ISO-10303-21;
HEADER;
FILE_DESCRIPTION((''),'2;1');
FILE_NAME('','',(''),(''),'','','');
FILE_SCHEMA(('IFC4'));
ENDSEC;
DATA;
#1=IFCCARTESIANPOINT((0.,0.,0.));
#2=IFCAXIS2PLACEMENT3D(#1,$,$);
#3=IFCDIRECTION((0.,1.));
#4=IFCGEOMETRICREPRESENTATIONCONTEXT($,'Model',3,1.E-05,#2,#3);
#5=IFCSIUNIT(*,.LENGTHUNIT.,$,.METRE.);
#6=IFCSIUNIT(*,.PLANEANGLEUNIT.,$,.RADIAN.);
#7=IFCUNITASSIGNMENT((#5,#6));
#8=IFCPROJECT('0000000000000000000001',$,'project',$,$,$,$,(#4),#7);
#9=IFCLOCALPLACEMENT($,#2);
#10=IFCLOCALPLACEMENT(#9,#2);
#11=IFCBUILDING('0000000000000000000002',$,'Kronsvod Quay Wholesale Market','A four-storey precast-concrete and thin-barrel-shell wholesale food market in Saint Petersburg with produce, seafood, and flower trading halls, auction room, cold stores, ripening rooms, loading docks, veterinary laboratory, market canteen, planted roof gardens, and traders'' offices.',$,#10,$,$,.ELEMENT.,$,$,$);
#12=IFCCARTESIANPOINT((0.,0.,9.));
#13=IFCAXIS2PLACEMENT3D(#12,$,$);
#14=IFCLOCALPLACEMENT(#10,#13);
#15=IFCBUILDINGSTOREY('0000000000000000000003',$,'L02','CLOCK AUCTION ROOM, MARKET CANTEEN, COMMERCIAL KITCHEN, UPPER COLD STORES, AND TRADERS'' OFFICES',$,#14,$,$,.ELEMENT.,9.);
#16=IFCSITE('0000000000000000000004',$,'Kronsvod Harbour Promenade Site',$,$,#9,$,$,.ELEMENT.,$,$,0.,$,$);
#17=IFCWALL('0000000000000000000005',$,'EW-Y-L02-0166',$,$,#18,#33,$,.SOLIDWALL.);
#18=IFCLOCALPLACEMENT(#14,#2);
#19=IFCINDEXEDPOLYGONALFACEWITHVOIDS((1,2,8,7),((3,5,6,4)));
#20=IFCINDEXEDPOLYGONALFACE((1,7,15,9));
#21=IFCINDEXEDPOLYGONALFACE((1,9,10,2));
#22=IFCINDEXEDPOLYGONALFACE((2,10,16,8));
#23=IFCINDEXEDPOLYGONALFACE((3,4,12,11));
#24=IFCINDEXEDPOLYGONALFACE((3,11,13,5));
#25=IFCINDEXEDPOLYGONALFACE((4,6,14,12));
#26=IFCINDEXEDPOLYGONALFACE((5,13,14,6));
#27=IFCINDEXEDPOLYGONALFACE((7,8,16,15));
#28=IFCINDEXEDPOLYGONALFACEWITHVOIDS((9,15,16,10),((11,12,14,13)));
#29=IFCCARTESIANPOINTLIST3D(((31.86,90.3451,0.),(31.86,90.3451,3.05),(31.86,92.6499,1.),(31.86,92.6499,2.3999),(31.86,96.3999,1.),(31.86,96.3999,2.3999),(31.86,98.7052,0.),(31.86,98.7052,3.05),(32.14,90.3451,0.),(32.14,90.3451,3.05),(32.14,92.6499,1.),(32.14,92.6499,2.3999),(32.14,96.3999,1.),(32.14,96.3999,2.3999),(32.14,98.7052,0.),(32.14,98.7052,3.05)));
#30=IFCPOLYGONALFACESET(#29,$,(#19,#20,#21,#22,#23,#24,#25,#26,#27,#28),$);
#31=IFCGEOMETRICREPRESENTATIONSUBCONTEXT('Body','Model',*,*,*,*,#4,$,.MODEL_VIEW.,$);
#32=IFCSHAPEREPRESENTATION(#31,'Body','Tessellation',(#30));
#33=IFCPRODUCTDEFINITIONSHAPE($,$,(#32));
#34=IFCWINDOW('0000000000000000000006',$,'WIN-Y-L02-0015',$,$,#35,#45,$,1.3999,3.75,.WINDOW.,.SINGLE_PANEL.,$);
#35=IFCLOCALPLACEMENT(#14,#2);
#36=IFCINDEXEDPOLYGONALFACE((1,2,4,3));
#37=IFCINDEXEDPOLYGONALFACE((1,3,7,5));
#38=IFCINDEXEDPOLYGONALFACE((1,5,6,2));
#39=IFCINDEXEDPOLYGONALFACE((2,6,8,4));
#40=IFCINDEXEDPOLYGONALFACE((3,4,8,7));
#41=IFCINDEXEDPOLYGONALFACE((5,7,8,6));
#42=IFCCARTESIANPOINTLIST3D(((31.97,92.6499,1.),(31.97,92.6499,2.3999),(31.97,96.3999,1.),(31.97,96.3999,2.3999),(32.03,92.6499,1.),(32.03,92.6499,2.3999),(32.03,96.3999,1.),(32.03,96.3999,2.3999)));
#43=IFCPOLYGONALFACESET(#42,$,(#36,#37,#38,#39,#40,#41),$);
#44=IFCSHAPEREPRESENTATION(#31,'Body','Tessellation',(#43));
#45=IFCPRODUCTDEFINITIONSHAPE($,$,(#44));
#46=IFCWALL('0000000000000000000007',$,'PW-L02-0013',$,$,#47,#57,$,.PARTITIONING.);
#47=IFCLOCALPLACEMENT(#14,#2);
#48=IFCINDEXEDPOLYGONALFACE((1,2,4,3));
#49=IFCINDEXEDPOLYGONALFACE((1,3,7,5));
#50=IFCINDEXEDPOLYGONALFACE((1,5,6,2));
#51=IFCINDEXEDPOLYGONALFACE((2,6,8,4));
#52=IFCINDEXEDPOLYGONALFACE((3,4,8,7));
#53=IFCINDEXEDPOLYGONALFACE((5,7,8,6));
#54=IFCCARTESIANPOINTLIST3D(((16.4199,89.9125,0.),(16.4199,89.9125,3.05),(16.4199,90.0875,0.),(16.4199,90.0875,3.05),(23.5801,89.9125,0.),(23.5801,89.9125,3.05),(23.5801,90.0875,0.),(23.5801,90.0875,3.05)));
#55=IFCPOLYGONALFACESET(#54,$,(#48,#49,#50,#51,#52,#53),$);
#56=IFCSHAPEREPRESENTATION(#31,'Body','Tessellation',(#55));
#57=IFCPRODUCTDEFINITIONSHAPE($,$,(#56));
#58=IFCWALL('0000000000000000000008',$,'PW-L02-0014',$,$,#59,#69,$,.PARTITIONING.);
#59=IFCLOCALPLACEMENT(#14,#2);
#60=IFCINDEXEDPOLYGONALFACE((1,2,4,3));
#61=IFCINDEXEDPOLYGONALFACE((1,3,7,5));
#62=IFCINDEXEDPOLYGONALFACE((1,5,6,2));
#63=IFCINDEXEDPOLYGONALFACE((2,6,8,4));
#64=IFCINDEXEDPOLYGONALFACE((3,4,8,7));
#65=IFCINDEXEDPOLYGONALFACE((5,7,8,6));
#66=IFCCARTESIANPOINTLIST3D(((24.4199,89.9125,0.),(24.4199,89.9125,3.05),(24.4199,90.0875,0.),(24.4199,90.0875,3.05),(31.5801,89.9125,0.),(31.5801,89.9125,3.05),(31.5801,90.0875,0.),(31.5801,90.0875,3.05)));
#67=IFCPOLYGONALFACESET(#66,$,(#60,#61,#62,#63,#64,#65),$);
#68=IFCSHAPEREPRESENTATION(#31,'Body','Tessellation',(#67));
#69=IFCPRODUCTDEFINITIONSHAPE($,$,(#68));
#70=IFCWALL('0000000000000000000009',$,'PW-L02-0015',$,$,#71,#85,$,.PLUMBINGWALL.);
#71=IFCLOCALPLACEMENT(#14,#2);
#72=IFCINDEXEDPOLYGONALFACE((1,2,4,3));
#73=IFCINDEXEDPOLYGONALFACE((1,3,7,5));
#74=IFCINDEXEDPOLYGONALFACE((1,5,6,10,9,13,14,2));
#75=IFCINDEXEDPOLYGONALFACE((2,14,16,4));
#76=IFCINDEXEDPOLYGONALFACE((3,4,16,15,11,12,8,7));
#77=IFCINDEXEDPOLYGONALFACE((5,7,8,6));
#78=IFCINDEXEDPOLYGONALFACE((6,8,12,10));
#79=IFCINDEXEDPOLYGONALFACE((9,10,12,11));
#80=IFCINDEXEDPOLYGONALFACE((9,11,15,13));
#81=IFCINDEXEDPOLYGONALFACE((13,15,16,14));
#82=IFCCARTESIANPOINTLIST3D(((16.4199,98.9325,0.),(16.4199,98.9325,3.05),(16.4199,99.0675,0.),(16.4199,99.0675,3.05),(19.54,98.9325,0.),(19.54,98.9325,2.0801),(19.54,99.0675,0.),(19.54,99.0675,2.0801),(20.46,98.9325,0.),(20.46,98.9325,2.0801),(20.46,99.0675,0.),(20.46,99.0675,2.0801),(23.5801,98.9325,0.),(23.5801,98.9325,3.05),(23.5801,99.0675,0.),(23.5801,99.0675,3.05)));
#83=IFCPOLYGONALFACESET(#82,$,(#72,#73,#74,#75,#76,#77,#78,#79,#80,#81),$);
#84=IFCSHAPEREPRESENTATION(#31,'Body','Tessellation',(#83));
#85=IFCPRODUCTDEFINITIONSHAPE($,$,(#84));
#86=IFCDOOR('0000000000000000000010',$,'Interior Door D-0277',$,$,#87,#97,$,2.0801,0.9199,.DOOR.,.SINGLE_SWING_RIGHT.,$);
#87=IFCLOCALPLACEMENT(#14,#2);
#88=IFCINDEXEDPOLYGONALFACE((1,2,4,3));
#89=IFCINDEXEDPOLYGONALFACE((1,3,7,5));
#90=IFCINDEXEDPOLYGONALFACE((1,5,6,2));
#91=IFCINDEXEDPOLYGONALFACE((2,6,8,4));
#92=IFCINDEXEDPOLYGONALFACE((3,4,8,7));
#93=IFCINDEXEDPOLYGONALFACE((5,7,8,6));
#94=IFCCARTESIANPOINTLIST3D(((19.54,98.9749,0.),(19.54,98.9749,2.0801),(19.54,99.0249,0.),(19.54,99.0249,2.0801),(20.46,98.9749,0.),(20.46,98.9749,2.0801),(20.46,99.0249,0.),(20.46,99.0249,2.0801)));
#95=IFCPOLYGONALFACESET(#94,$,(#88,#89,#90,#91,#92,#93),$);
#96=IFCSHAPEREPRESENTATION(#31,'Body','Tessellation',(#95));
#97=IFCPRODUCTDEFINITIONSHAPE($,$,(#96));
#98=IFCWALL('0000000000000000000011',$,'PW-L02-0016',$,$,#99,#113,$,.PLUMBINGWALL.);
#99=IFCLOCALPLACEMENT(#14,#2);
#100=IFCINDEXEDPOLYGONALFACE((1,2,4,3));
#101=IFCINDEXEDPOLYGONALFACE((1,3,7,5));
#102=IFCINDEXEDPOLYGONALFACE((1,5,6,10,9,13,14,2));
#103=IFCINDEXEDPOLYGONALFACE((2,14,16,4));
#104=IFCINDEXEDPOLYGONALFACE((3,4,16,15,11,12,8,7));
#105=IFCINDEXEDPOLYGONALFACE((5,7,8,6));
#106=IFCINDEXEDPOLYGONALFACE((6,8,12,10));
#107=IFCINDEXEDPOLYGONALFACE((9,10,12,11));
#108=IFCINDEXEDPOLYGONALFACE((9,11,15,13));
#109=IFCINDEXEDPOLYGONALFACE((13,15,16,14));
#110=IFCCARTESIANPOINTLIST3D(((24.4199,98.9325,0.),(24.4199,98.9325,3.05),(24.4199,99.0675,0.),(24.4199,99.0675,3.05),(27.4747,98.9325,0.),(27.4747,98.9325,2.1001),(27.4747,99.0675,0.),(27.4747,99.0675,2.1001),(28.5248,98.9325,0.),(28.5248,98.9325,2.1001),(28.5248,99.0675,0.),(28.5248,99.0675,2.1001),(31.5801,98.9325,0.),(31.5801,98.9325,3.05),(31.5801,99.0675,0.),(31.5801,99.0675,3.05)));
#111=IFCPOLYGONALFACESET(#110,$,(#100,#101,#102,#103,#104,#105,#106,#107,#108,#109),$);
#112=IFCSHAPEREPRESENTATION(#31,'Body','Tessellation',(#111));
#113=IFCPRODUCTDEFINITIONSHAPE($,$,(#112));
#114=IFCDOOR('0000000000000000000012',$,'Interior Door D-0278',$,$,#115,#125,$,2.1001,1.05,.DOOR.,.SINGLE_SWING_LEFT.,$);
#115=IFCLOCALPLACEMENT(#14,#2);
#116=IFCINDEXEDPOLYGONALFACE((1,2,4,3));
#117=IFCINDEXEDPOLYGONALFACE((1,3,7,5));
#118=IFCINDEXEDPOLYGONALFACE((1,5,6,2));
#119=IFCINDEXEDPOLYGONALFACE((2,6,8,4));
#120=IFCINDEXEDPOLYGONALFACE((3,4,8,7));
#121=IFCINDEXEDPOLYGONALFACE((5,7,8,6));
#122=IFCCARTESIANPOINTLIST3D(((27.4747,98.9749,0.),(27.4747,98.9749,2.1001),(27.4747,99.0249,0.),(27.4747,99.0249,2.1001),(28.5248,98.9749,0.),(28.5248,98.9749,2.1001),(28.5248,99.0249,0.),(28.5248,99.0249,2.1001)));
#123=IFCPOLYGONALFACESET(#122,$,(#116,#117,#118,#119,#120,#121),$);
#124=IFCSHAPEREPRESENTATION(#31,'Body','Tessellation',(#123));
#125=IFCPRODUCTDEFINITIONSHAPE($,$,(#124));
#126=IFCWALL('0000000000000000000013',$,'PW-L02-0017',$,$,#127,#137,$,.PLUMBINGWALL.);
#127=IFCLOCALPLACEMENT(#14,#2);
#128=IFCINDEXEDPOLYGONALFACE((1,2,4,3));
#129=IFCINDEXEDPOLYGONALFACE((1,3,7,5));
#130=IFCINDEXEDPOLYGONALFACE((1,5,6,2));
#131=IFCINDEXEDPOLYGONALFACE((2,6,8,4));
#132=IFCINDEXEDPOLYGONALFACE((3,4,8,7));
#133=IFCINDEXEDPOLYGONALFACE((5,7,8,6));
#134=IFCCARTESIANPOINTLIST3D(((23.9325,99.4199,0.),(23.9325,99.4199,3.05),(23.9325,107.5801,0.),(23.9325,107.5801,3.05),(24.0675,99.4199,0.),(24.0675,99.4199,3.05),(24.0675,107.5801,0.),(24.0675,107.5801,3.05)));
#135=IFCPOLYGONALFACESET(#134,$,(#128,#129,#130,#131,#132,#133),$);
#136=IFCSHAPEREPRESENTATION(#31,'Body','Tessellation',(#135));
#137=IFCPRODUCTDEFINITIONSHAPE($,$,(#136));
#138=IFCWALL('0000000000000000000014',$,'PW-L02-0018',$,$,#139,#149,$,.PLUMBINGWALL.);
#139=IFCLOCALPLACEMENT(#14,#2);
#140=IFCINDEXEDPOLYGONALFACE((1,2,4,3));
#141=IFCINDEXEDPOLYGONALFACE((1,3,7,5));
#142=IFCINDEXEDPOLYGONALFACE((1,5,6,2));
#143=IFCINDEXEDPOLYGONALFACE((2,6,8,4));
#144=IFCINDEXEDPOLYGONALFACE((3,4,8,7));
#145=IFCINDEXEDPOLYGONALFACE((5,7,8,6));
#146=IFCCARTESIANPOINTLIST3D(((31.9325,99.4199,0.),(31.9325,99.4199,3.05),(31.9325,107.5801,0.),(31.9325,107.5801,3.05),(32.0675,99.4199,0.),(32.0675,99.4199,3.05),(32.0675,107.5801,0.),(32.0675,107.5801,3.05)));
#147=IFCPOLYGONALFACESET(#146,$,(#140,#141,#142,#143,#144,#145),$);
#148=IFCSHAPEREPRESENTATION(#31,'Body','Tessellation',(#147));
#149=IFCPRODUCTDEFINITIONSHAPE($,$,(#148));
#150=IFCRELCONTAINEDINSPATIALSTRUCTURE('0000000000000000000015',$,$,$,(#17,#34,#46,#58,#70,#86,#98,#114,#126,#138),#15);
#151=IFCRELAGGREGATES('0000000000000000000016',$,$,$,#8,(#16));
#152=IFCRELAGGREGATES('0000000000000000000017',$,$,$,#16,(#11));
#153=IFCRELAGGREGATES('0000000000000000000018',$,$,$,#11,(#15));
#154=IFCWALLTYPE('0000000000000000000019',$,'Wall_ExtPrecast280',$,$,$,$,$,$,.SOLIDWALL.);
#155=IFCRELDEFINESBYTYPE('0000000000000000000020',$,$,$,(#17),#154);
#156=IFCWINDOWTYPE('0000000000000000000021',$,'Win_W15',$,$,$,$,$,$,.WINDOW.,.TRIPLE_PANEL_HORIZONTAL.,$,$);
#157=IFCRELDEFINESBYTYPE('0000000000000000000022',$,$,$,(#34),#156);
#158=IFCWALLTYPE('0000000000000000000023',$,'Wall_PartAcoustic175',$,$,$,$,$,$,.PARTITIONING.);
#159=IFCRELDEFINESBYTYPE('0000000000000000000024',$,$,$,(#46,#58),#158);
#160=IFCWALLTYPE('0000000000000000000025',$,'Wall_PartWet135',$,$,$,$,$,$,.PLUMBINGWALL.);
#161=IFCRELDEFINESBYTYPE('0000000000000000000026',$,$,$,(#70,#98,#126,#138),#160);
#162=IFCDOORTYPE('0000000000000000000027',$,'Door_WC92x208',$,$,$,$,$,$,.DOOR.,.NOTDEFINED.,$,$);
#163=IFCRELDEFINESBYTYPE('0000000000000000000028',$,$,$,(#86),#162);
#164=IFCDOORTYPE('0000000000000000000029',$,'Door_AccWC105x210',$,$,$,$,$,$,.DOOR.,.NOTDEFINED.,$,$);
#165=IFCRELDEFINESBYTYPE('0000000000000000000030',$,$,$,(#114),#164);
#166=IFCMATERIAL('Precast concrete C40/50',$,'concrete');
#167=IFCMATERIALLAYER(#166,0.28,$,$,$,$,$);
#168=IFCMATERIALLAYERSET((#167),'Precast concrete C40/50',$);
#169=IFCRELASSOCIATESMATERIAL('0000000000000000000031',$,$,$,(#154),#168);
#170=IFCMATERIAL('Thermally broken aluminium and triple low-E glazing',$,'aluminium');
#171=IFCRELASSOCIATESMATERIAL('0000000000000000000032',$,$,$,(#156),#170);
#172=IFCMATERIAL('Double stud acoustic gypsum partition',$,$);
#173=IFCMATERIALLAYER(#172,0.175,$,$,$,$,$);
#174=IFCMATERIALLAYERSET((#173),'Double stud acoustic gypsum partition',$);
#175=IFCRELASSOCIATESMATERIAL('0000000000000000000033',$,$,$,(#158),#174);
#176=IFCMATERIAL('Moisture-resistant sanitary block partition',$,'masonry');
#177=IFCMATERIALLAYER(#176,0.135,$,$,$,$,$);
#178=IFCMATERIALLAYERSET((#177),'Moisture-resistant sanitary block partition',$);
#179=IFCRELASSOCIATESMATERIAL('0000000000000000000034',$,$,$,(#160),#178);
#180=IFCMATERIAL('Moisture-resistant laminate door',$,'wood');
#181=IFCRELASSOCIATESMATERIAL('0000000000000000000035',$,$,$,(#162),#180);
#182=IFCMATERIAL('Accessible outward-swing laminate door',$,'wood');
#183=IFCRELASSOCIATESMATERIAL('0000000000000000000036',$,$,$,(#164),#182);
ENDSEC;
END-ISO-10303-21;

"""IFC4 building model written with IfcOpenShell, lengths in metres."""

from ifc_helpers import new_model, si_unit, direction, frame, frame_2d, origin, place, context, subcontext, project, spatial, rectangle, extrude, material, layer, layer_set, type_object, element, fill, save


model = new_model("IFC4")

# Units and contexts
model_context = context("Model", 3, precision=1e-05, world=origin(), true_north=direction((0.0, 1.0)))
body_context = subcontext(model_context, "Body", "Model", "MODEL_VIEW")
ifc_project = project(units=[si_unit("LENGTHUNIT", "METRE"), si_unit("PLANEANGLEUNIT", "RADIAN")], contexts=[model_context])

# Site, building, storey
site_placement = place(None, origin())
site = spatial("IfcSite", under=ifc_project, at=site_placement, Name="Kronsvod Harbour Promenade Site", CompositionType="ELEMENT", RefElevation=0.0)
building_placement = place(site_placement, origin())
building = spatial("IfcBuilding", under=site, at=building_placement, Name="Kronsvod Quay Wholesale Market", Description="A four-storey precast-concrete and thin-barrel-shell wholesale food market in Saint Petersburg with produce, seafood, and flower trading halls, auction room, cold stores, ripening rooms, loading docks, veterinary laboratory, market canteen, planted roof gardens, and traders' offices.", CompositionType="ELEMENT")
storey_placement = place(building_placement, frame((0.0, 0.0, 9.0)))
storey = spatial("IfcBuildingStorey", under=building, at=storey_placement, Name="L02", Description="CLOCK AUCTION ROOM, MARKET CANTEEN, COMMERCIAL KITCHEN, UPPER COLD STORES, AND TRADERS' OFFICES", CompositionType="ELEMENT", Elevation=9.0)

# Wall, opening, window
ifc_material_1 = material(Name="Precast concrete C40/50", Category="concrete")
ifc_layer_1 = layer(ifc_material_1, 0.28)
ifc_layer_set_1 = layer_set([ifc_layer_1], Name="Precast concrete C40/50")
wall_type_1 = type_object("IfcWallType", Name="Wall_ExtPrecast280", PredefinedType="SOLIDWALL", material=ifc_layer_set_1)
wall_1_placement = place(storey_placement, frame((32.0, 90.345, 0.0), z_axis=(0.0, 0.0, 1.0), x_axis=(0.0, 1.0, 0.0)))
wall_1 = element("IfcWall", 1, at=wall_1_placement, inside=storey, type_object=wall_type_1, Name="EW-Y-L02-0166", PredefinedType="SOLIDWALL", context=body_context, shape_type="SweptSolid", body=[
    extrude(rectangle(XDim=8.3601, YDim=0.28, at=frame_2d((4.1802, 0.0))), origin(), (0.0, 0.0, 1.0), 3.05),
])
opening_1_placement = place(wall_1_placement, frame((2.3049, 0.0, 1.0)))
opening_1 = element("IfcOpeningElement", 2, at=opening_1_placement, cuts=wall_1, PredefinedType="OPENING", context=body_context, shape_type="SweptSolid", body=[
    extrude(rectangle(XDim=3.75, YDim=1.3999, at=frame_2d((1.875, 0.7))), frame((0.0, 0.1499, 0.0), z_axis=(0.0, -1.0, 0.0), x_axis=(1.0, 0.0, 0.0)), (0.0, 0.0, 1.0), 0.3),
])
ifc_material_2 = material(Name="Thermally broken aluminium and triple low-E glazing", Category="aluminium")
window_type = type_object("IfcWindowType", Name="Win_W15", PartitioningType="TRIPLE_PANEL_HORIZONTAL", PredefinedType="WINDOW", material=ifc_material_2)
window_placement = place(opening_1_placement, origin())
window = element("IfcWindow", 3, at=window_placement, inside=storey, type_object=window_type, Name="WIN-Y-L02-0015", OverallHeight=1.3999, OverallWidth=3.75, PartitioningType="SINGLE_PANEL", PredefinedType="WINDOW", context=body_context, shape_type="SweptSolid", body=[
    extrude(rectangle(XDim=3.75, YDim=1.3999, at=frame_2d((1.875, 0.7))), frame((0.0, 0.03, 0.0), z_axis=(0.0, -1.0, 0.0), x_axis=(1.0, 0.0, 0.0)), (0.0, 0.0, 1.0), 0.0601),
])
fill(opening_1, window)

# Walls
ifc_material_3 = material(Name="Double stud acoustic gypsum partition")
ifc_layer_2 = layer(ifc_material_3, 0.175)
ifc_layer_set_2 = layer_set([ifc_layer_2], Name="Double stud acoustic gypsum partition")
wall_type_2 = type_object("IfcWallType", Name="Wall_PartAcoustic175", PredefinedType="PARTITIONING", material=ifc_layer_set_2)
for number, where, z_axis, x_axis, name in (
    (4, (16.4199, 90.0, 0.0), (0.0, 0.0, 1.0), (1.0, 0.0, 0.0), "PW-L02-0013"),
    (5, (24.4199, 90.0, 0.0), (0.0, 0.0, 1.0), (1.0, 0.0, 0.0), "PW-L02-0014"),
):
    element("IfcWall", number, at=place(storey_placement, frame(where, z_axis=z_axis, x_axis=x_axis)), inside=storey, type_object=wall_type_2, Name=name, PredefinedType="PARTITIONING", context=body_context, shape_type="SweptSolid", body=[
        extrude(rectangle(XDim=7.1602, YDim=0.175, at=frame_2d((3.5801, 0.0))), origin(), (0.0, 0.0, 1.0), 3.05),
    ])

# Walls, openings, doors
ifc_material_4 = material(Name="Moisture-resistant sanitary block partition", Category="masonry")
ifc_layer_3 = layer(ifc_material_4, 0.135)
ifc_layer_set_3 = layer_set([ifc_layer_3], Name="Moisture-resistant sanitary block partition")
wall_type_3 = type_object("IfcWallType", Name="Wall_PartWet135", PredefinedType="PLUMBINGWALL", material=ifc_layer_set_3)
wall_2_placement = place(storey_placement, frame((16.4199, 99.0, 0.0), z_axis=(0.0, 0.0, 1.0), x_axis=(1.0, 0.0, 0.0)))
wall_2 = element("IfcWall", 6, at=wall_2_placement, inside=storey, type_object=wall_type_3, Name="PW-L02-0015", PredefinedType="PLUMBINGWALL", context=body_context, shape_type="SweptSolid", body=[
    extrude(rectangle(XDim=7.1602, YDim=0.135, at=frame_2d((3.5801, 0.0))), origin(), (0.0, 0.0, 1.0), 3.05),
])
opening_2_placement = place(wall_2_placement, frame((3.1201, 0.0, 0.0)))
opening_2 = element("IfcOpeningElement", 7, at=opening_2_placement, cuts=wall_2, PredefinedType="OPENING", context=body_context, shape_type="SweptSolid", body=[
    extrude(rectangle(XDim=0.9199, YDim=2.0801, at=frame_2d((0.46, 1.04))), frame((0.0, 0.0776, 0.0), z_axis=(0.0, -1.0, 0.0), x_axis=(1.0, 0.0, 0.0)), (0.0, 0.0, 1.0), 0.155),
])
ifc_material_5 = material(Name="Moisture-resistant laminate door", Category="wood")
door_type_1 = type_object("IfcDoorType", Name="Door_WC92x208", OperationType="NOTDEFINED", PredefinedType="DOOR", material=ifc_material_5)
door_1_placement = place(opening_2_placement, origin())
door_1 = element("IfcDoor", 8, at=door_1_placement, inside=storey, type_object=door_type_1, Name="Interior Door D-0277", OperationType="SINGLE_SWING_RIGHT", OverallHeight=2.0801, OverallWidth=0.9199, PredefinedType="DOOR", context=body_context, shape_type="SweptSolid", body=[
    extrude(rectangle(XDim=0.9199, YDim=2.0801, at=frame_2d((0.46, 1.04))), frame((0.0, 0.0249, 0.0), z_axis=(0.0, -1.0, 0.0), x_axis=(1.0, 0.0, 0.0)), (0.0, 0.0, 1.0), 0.05),
])
fill(opening_2, door_1)
wall_3_placement = place(storey_placement, frame((24.4199, 99.0, 0.0), z_axis=(0.0, 0.0, 1.0), x_axis=(1.0, 0.0, 0.0)))
wall_3 = element("IfcWall", 9, at=wall_3_placement, inside=storey, type_object=wall_type_3, Name="PW-L02-0016", PredefinedType="PLUMBINGWALL", context=body_context, shape_type="SweptSolid", body=[
    extrude(rectangle(XDim=7.1602, YDim=0.135, at=frame_2d((3.5801, 0.0))), origin(), (0.0, 0.0, 1.0), 3.05),
])
opening_3_placement = place(wall_3_placement, frame((3.0549, 0.0, 0.0)))
opening_3 = element("IfcOpeningElement", 10, at=opening_3_placement, cuts=wall_3, PredefinedType="OPENING", context=body_context, shape_type="SweptSolid", body=[
    extrude(rectangle(XDim=1.05, YDim=2.1001, at=frame_2d((0.5249, 1.05))), frame((0.0, 0.0776, 0.0), z_axis=(0.0, -1.0, 0.0), x_axis=(1.0, 0.0, 0.0)), (0.0, 0.0, 1.0), 0.155),
])
ifc_material_6 = material(Name="Accessible outward-swing laminate door", Category="wood")
door_type_2 = type_object("IfcDoorType", Name="Door_AccWC105x210", OperationType="NOTDEFINED", PredefinedType="DOOR", material=ifc_material_6)
door_2_placement = place(opening_3_placement, origin())
door_2 = element("IfcDoor", 11, at=door_2_placement, inside=storey, type_object=door_type_2, Name="Interior Door D-0278", OperationType="SINGLE_SWING_LEFT", OverallHeight=2.1001, OverallWidth=1.05, PredefinedType="DOOR", context=body_context, shape_type="SweptSolid", body=[
    extrude(rectangle(XDim=1.05, YDim=2.1001, at=frame_2d((0.5249, 1.05))), frame((0.0, 0.0249, 0.0), z_axis=(0.0, -1.0, 0.0), x_axis=(1.0, 0.0, 0.0)), (0.0, 0.0, 1.0), 0.05),
])
fill(opening_3, door_2)

# Walls
for number, where, z_axis, x_axis, name in (
    (12, (24.0, 99.4199, 0.0), (0.0, 0.0, 1.0), (0.0, 1.0, 0.0), "PW-L02-0017"),
    (13, (32.0, 99.4199, 0.0), (0.0, 0.0, 1.0), (0.0, 1.0, 0.0), "PW-L02-0018"),
):
    element("IfcWall", number, at=place(storey_placement, frame(where, z_axis=z_axis, x_axis=x_axis)), inside=storey, type_object=wall_type_3, Name=name, PredefinedType="PLUMBINGWALL", context=body_context, shape_type="SweptSolid", body=[
        extrude(rectangle(XDim=8.1602, YDim=0.135, at=frame_2d((4.0801, 0.0))), origin(), (0.0, 0.0, 1.0), 3.05),
    ])

save(model, "model.ifc")
